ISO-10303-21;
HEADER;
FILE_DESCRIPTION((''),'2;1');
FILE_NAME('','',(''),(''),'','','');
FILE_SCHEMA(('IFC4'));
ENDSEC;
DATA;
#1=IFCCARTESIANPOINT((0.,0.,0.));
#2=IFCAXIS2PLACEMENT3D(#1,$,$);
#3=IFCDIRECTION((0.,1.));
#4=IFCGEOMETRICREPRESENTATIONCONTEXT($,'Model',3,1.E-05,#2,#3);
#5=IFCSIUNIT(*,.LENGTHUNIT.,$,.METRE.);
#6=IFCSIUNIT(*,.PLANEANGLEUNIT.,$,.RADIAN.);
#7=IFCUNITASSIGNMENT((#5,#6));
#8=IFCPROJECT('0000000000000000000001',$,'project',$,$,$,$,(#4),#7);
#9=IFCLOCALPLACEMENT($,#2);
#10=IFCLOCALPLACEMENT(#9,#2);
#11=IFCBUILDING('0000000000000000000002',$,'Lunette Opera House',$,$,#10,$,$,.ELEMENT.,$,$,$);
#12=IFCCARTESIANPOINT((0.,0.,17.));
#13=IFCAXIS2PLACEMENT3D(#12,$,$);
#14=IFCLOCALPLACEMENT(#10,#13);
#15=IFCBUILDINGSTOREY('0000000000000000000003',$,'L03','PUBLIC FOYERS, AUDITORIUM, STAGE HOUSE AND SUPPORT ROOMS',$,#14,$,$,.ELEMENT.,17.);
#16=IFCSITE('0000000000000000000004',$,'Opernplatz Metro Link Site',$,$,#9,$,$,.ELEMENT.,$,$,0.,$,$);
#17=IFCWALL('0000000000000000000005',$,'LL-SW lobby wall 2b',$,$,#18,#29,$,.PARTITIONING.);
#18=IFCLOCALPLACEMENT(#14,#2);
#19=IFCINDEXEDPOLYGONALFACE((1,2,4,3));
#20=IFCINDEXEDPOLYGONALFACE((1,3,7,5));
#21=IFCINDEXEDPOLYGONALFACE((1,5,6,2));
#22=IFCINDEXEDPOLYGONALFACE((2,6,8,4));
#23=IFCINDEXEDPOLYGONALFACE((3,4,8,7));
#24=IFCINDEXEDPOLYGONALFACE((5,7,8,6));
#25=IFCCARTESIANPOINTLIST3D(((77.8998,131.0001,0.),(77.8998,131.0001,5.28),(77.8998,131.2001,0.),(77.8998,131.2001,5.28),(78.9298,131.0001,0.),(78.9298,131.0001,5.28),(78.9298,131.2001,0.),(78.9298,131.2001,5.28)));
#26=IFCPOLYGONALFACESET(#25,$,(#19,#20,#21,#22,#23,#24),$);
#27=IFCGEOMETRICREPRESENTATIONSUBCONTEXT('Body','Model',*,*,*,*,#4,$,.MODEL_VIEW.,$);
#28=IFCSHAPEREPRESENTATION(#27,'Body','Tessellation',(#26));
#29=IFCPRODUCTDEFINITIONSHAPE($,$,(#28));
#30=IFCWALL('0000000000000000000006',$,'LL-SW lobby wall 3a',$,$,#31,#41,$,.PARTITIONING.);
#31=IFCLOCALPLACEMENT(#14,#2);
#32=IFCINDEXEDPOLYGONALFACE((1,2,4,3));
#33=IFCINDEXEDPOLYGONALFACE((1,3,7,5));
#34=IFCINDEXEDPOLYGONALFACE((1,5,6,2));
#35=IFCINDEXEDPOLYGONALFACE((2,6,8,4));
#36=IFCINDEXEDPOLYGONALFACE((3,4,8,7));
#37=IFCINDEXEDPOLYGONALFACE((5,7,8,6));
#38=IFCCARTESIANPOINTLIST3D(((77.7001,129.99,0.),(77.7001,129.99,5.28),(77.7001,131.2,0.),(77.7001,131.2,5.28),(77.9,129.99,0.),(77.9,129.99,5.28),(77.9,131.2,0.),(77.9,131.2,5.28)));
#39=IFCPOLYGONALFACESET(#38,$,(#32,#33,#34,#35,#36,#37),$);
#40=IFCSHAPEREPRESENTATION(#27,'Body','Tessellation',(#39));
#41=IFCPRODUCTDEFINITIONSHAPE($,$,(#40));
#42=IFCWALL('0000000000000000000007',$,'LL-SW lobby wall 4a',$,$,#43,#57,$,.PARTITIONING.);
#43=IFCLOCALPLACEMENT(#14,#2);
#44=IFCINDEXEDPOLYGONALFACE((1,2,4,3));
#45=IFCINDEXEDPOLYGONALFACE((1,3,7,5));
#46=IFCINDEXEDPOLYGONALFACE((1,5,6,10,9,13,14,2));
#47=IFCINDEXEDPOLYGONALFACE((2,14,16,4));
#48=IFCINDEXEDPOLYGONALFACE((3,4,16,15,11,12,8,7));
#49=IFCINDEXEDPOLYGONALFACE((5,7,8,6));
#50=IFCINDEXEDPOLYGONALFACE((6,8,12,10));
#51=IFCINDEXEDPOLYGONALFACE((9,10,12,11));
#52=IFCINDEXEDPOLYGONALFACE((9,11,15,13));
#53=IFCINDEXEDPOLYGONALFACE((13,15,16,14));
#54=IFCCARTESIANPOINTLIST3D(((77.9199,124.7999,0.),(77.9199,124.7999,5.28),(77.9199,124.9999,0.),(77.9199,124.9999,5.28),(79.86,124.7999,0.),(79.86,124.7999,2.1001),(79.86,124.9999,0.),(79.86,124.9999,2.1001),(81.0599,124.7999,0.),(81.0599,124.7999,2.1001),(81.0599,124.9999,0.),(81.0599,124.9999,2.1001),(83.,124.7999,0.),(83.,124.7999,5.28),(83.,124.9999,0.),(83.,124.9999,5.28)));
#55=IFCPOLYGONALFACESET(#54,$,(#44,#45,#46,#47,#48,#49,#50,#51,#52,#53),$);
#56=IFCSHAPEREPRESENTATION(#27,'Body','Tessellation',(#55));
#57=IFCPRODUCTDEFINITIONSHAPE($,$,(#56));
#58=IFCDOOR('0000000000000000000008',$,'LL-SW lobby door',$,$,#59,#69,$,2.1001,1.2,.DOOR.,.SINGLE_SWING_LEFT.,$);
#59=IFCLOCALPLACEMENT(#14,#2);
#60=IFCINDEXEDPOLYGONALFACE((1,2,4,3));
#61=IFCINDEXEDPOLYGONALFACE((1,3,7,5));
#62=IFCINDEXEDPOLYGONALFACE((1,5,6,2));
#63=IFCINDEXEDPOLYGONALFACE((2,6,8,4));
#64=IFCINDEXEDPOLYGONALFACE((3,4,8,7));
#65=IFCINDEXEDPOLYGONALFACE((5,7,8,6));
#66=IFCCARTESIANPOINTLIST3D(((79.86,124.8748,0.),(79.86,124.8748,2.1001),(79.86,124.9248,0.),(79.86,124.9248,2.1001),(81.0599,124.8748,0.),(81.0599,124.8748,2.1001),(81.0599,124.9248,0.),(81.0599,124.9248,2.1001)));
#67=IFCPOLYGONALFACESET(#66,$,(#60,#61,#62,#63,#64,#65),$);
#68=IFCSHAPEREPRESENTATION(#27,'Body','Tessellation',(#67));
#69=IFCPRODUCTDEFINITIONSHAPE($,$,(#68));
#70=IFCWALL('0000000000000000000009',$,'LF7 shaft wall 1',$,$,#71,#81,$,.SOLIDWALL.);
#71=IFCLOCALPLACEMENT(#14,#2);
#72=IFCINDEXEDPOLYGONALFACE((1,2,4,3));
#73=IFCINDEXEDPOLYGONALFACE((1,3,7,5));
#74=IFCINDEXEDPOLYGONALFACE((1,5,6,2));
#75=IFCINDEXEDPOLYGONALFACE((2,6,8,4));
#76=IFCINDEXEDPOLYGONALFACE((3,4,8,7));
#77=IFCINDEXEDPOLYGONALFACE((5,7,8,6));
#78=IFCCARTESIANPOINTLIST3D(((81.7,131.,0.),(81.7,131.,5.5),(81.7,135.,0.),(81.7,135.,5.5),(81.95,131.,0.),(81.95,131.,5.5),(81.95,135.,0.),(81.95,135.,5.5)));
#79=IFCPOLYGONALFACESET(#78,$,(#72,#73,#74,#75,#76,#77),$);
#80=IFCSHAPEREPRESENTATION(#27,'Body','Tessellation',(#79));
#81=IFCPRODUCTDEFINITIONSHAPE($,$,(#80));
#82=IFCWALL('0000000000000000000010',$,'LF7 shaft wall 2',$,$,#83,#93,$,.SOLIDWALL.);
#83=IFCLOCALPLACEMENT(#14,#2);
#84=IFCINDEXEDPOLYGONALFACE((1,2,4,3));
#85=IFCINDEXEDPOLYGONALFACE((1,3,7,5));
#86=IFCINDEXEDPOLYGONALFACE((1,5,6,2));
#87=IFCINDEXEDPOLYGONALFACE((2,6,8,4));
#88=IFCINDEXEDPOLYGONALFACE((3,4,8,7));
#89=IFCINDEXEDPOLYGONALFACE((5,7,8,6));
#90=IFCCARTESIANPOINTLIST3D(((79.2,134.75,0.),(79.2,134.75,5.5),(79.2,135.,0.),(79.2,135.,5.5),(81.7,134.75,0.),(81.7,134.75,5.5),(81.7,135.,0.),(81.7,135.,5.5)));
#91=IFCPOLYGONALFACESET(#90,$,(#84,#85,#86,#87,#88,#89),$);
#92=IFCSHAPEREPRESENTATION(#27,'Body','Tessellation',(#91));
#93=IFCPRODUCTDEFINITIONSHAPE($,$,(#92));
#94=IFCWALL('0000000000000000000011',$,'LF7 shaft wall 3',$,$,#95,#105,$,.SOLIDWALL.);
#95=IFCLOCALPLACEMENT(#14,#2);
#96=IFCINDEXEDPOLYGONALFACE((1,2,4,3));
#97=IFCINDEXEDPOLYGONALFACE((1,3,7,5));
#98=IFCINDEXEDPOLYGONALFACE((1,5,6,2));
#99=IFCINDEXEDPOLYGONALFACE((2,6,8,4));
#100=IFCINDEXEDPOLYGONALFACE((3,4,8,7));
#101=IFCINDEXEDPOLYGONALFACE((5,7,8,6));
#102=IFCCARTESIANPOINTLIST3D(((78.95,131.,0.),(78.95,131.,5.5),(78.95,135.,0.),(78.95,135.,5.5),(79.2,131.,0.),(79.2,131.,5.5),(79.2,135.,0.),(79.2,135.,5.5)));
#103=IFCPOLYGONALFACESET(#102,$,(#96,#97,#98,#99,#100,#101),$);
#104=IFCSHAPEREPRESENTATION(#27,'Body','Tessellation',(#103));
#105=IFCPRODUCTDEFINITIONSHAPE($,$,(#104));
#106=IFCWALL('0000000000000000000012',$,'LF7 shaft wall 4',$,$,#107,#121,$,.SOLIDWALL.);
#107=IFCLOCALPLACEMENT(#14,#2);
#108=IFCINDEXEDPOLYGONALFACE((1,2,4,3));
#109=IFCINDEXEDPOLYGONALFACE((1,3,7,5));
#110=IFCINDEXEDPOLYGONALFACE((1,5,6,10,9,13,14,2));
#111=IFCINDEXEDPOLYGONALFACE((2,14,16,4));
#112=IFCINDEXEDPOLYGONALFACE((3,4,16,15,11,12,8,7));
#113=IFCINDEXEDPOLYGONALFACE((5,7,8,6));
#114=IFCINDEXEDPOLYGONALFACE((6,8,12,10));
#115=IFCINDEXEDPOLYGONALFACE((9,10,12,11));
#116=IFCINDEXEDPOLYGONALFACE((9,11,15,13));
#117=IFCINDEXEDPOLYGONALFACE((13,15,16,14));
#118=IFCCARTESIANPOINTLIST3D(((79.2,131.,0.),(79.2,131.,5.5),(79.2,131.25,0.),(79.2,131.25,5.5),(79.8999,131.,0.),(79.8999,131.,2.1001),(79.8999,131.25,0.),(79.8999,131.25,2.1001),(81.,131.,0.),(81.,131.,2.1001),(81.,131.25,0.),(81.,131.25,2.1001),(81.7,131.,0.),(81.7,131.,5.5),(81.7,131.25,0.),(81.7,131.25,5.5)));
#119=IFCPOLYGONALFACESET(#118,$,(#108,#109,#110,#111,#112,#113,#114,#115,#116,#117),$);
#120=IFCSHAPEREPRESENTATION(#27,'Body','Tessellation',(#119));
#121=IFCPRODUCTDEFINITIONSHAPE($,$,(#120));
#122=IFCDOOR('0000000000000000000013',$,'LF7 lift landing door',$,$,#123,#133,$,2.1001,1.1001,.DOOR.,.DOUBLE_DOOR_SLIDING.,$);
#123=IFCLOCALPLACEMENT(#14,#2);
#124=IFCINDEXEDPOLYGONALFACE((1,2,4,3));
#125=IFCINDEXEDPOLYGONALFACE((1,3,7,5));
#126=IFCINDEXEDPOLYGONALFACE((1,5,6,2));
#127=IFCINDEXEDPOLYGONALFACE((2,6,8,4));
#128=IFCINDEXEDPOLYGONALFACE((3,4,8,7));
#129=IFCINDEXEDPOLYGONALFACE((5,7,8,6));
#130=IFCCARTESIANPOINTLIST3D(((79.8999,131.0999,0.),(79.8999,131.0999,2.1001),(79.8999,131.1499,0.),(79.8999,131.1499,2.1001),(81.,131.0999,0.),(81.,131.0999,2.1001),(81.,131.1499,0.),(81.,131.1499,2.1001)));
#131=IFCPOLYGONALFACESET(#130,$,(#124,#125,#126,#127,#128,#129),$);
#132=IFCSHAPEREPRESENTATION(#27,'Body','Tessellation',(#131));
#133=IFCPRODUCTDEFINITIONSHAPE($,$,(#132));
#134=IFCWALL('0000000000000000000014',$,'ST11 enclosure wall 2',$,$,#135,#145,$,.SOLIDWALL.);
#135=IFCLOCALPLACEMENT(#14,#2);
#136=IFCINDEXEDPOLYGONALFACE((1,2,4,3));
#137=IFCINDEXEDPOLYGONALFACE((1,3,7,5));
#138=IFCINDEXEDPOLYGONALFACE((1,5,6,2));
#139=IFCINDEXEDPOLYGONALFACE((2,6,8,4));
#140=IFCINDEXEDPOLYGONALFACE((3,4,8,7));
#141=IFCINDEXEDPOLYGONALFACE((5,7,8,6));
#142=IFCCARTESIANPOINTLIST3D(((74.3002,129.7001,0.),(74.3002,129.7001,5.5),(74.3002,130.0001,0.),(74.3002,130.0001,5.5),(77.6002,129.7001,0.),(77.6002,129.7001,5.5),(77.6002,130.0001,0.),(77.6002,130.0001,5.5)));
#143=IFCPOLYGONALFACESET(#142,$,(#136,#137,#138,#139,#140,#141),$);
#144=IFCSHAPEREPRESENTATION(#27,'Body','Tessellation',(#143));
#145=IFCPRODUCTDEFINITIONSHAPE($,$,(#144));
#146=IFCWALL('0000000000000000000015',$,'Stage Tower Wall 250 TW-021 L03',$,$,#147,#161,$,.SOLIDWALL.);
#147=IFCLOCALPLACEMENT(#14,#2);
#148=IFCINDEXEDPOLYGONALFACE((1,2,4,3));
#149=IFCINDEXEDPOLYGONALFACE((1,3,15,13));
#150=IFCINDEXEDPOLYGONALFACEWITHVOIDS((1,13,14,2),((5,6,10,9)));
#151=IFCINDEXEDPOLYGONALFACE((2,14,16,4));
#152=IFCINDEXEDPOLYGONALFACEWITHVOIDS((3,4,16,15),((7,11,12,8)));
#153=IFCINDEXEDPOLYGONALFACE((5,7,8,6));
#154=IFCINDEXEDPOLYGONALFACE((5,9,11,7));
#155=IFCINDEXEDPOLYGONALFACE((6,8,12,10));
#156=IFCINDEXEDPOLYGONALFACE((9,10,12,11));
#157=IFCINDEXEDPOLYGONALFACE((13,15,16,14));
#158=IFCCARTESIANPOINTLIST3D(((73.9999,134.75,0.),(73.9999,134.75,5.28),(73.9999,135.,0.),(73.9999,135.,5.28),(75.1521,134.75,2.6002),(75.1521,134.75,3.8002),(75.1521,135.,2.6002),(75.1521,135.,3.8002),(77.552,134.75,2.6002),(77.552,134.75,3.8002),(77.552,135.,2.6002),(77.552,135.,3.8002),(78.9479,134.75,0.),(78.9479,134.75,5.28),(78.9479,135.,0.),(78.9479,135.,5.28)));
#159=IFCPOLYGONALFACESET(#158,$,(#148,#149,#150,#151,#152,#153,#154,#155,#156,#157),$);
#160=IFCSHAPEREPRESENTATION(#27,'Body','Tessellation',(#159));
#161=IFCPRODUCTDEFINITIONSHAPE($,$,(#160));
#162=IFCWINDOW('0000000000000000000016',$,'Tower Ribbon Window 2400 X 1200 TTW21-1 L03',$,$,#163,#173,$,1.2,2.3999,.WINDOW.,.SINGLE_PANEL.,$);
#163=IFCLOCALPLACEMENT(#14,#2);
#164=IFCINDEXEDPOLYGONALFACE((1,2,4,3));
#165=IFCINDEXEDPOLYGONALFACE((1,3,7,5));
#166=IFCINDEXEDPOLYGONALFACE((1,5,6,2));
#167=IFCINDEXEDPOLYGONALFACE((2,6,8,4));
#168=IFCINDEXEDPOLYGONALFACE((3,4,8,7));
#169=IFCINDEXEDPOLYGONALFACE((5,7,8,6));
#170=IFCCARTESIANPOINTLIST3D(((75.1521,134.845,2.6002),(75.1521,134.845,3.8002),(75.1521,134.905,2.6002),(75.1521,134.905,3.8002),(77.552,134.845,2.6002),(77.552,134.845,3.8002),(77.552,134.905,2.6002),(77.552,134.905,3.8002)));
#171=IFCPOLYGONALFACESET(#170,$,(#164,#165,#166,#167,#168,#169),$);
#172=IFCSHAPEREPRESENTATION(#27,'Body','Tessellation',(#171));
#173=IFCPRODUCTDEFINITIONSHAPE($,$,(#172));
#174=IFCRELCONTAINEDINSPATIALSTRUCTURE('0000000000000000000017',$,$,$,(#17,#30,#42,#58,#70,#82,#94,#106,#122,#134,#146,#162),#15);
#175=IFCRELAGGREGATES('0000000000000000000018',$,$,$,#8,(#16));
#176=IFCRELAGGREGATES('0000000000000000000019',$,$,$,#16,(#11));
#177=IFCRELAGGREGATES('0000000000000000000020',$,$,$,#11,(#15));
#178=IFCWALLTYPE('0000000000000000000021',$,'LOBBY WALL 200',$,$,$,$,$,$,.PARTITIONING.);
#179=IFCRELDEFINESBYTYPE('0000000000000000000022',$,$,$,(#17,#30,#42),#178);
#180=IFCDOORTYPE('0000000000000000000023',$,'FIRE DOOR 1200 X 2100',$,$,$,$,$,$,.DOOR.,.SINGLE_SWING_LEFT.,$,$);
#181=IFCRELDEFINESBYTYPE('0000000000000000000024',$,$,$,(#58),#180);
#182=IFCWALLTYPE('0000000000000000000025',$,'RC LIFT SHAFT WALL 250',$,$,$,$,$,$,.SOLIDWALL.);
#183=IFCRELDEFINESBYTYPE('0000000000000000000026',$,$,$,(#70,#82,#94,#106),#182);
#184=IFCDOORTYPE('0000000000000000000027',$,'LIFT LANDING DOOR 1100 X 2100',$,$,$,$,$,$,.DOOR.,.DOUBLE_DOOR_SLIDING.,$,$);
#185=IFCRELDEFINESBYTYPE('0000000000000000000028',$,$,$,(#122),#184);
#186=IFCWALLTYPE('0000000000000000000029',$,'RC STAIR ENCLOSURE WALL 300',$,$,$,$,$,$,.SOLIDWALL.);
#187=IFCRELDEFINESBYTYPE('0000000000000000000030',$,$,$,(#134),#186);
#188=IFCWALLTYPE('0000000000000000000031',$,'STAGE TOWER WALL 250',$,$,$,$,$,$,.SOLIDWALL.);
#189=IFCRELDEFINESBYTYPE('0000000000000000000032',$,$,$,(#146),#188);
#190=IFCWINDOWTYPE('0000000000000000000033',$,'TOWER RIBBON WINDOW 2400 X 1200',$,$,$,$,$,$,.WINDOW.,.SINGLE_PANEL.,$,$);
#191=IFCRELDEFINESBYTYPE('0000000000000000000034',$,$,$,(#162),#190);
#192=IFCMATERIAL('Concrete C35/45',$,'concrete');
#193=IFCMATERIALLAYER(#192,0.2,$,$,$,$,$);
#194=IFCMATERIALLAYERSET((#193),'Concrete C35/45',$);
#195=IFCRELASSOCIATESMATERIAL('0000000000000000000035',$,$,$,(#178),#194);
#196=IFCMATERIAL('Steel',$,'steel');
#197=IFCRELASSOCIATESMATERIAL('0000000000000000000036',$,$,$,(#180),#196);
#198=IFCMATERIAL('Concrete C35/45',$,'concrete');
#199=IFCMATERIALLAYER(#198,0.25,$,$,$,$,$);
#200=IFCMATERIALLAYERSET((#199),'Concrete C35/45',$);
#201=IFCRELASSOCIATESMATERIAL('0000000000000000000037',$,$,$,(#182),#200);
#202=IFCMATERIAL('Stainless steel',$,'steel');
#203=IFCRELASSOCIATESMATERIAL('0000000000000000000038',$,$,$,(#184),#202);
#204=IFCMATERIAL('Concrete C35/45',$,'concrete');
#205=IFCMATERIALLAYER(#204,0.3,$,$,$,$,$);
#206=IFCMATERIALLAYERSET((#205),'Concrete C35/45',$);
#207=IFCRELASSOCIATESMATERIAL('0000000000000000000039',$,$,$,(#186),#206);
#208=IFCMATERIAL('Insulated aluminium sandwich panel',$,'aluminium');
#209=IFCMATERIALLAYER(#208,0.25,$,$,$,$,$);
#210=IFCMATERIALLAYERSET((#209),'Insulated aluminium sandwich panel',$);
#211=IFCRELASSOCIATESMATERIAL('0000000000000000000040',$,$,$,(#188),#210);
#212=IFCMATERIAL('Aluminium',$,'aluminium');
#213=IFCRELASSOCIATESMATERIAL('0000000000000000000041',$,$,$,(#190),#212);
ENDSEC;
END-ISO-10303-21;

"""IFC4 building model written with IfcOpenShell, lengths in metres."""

from ifc_helpers import new_model, si_unit, direction, frame, frame_2d, origin, place, context, subcontext, project, spatial, rectangle, extrude, material, layer, layer_set, type_object, element, fill, save


model = new_model("IFC4")

# Units and contexts
model_context = context("Model", 3, precision=1e-05, world=origin(), true_north=direction((0.0, 1.0)))
body_context = subcontext(model_context, "Body", "Model", "MODEL_VIEW")
ifc_project = project(units=[si_unit("LENGTHUNIT", "METRE"), si_unit("PLANEANGLEUNIT", "RADIAN")], contexts=[model_context])

# Site, building, storey
site_placement = place(None, origin())
site = spatial("IfcSite", under=ifc_project, at=site_placement, Name="Opernplatz Metro Link Site", CompositionType="ELEMENT", RefElevation=0.0)
building_placement = place(site_placement, origin())
building = spatial("IfcBuilding", under=site, at=building_placement, Name="Lunette Opera House", CompositionType="ELEMENT")
storey_placement = place(building_placement, frame((0.0, 0.0, 17.0)))
storey = spatial("IfcBuildingStorey", under=building, at=storey_placement, Name="L03", Description="PUBLIC FOYERS, AUDITORIUM, STAGE HOUSE AND SUPPORT ROOMS", CompositionType="ELEMENT", Elevation=17.0)

# Walls
ifc_material_1 = material(Name="Concrete C35/45", Category="concrete")
ifc_layer_1 = layer(ifc_material_1, 0.2)
ifc_layer_set_1 = layer_set([ifc_layer_1], Name="Concrete C35/45")
wall_type_1 = type_object("IfcWallType", Name="LOBBY WALL 200", PredefinedType="PARTITIONING", material=ifc_layer_set_1)
wall_1_placement = place(storey_placement, frame((78.9299, 131.1001, 0.0), z_axis=(0.0, 0.0, 1.0), x_axis=(-1.0, 0.0, 0.0)))
element("IfcWall", 1, at=wall_1_placement, inside=storey, type_object=wall_type_1, Name="LL-SW lobby wall 2b", PredefinedType="PARTITIONING", context=body_context, shape_type="SweptSolid", body=[
    extrude(rectangle(XDim=1.03, YDim=0.2, at=frame_2d((0.5151, 0.0))), origin(), (0.0, 0.0, 1.0), 5.28),
])
wall_2_placement = place(storey_placement, frame((77.8, 131.2, 0.0), z_axis=(0.0, 0.0, 1.0), x_axis=(0.0, -1.0, 0.0)))
element("IfcWall", 2, at=wall_2_placement, inside=storey, type_object=wall_type_1, Name="LL-SW lobby wall 3a", PredefinedType="PARTITIONING", context=body_context, shape_type="SweptSolid", body=[
    extrude(rectangle(XDim=1.21, YDim=0.2, at=frame_2d((0.605, 0.0))), origin(), (0.0, 0.0, 1.0), 5.28),
])

# Wall, opening, door
wall_3_placement = place(storey_placement, frame((77.9199, 124.8999, 0.0), z_axis=(0.0, 0.0, 1.0), x_axis=(1.0, 0.0, 0.0)))
wall_3 = element("IfcWall", 3, at=wall_3_placement, inside=storey, type_object=wall_type_1, Name="LL-SW lobby wall 4a", PredefinedType="PARTITIONING", context=body_context, shape_type="SweptSolid", body=[
    extrude(rectangle(XDim=5.0801, YDim=0.2, at=frame_2d((2.54, 0.0))), origin(), (0.0, 0.0, 1.0), 5.28),
])
opening_1_placement = place(wall_3_placement, frame((1.9399, 0.0, 0.0)))
opening_1 = element("IfcOpeningElement", 4, at=opening_1_placement, cuts=wall_3, PredefinedType="OPENING", context=body_context, shape_type="SweptSolid", body=[
    extrude(rectangle(XDim=1.2, YDim=2.1001, at=frame_2d((0.6001, 1.05))), frame((0.0, 0.1121, 0.0), z_axis=(0.0, -1.0, 0.0), x_axis=(1.0, 0.0, 0.0)), (0.0, 0.0, 1.0), 0.2239),
])
ifc_material_2 = material(Name="Steel", Category="steel")
door_type_1 = type_object("IfcDoorType", Name="FIRE DOOR 1200 X 2100", OperationType="SINGLE_SWING_LEFT", PredefinedType="DOOR", material=ifc_material_2)
door_1_placement = place(opening_1_placement, origin())
door_1 = element("IfcDoor", 5, at=door_1_placement, inside=storey, type_object=door_type_1, Name="LL-SW lobby door", OperationType="SINGLE_SWING_LEFT", OverallHeight=2.1001, OverallWidth=1.2, PredefinedType="DOOR", context=body_context, shape_type="SweptSolid", body=[
    extrude(rectangle(XDim=1.2, YDim=2.1001, at=frame_2d((0.6001, 1.05))), frame((0.0, 0.0249, 0.0), z_axis=(0.0, -1.0, 0.0), x_axis=(1.0, 0.0, 0.0)), (0.0, 0.0, 1.0), 0.05),
])
fill(opening_1, door_1)

# Walls
ifc_material_3 = material(Name="Concrete C35/45", Category="concrete")
ifc_layer_2 = layer(ifc_material_3, 0.25)
ifc_layer_set_2 = layer_set([ifc_layer_2], Name="Concrete C35/45")
wall_type_2 = type_object("IfcWallType", Name="RC LIFT SHAFT WALL 250", PredefinedType="SOLIDWALL", material=ifc_layer_set_2)
wall_4_placement = place(storey_placement, frame((81.825, 131.0, 0.0), z_axis=(0.0, 0.0, 1.0), x_axis=(0.0, 1.0, 0.0)))
element("IfcWall", 6, at=wall_4_placement, inside=storey, type_object=wall_type_2, Name="LF7 shaft wall 1", PredefinedType="SOLIDWALL", context=body_context, shape_type="SweptSolid", body=[
    extrude(rectangle(XDim=4.0, YDim=0.25, at=frame_2d((2.0, 0.0))), origin(), (0.0, 0.0, 1.0), 5.5),
])
wall_5_placement = place(storey_placement, frame((81.7, 134.875, 0.0), z_axis=(0.0, 0.0, 1.0), x_axis=(-1.0, 0.0, 0.0)))
element("IfcWall", 7, at=wall_5_placement, inside=storey, type_object=wall_type_2, Name="LF7 shaft wall 2", PredefinedType="SOLIDWALL", context=body_context, shape_type="SweptSolid", body=[
    extrude(rectangle(XDim=2.5, YDim=0.25, at=frame_2d((1.25, 0.0))), origin(), (0.0, 0.0, 1.0), 5.5),
])
wall_6_placement = place(storey_placement, frame((79.075, 135.0, 0.0), z_axis=(0.0, 0.0, 1.0), x_axis=(0.0, -1.0, 0.0)))
element("IfcWall", 8, at=wall_6_placement, inside=storey, type_object=wall_type_2, Name="LF7 shaft wall 3", PredefinedType="SOLIDWALL", context=body_context, shape_type="SweptSolid", body=[
    extrude(rectangle(XDim=4.0, YDim=0.25, at=frame_2d((2.0, 0.0))), origin(), (0.0, 0.0, 1.0), 5.5),
])

# Wall, opening, door
wall_7_placement = place(storey_placement, frame((79.2, 131.125, 0.0), z_axis=(0.0, 0.0, 1.0), x_axis=(1.0, 0.0, 0.0)))
wall_7 = element("IfcWall", 9, at=wall_7_placement, inside=storey, type_object=wall_type_2, Name="LF7 shaft wall 4", PredefinedType="SOLIDWALL", context=body_context, shape_type="SweptSolid", body=[
    extrude(rectangle(XDim=2.5, YDim=0.25, at=frame_2d((1.25, 0.0))), origin(), (0.0, 0.0, 1.0), 5.5),
])
opening_2_placement = place(wall_7_placement, frame((0.7, 0.0, 0.0)))
opening_2 = element("IfcOpeningElement", 10, at=opening_2_placement, cuts=wall_7, PredefinedType="OPENING", context=body_context, shape_type="SweptSolid", body=[
    extrude(rectangle(XDim=1.1001, YDim=2.1001, at=frame_2d((0.55, 1.05))), frame((0.0, 0.137, 0.0), z_axis=(0.0, -1.0, 0.0), x_axis=(1.0, 0.0, 0.0)), (0.0, 0.0, 1.0), 0.2739),
])
ifc_material_4 = material(Name="Stainless steel", Category="steel")
door_type_2 = type_object("IfcDoorType", Name="LIFT LANDING DOOR 1100 X 2100", OperationType="DOUBLE_DOOR_SLIDING", PredefinedType="DOOR", material=ifc_material_4)
door_2_placement = place(opening_2_placement, origin())
door_2 = element("IfcDoor", 11, at=door_2_placement, inside=storey, type_object=door_type_2, Name="LF7 lift landing door", OperationType="DOUBLE_DOOR_SLIDING", OverallHeight=2.1001, OverallWidth=1.1001, PredefinedType="DOOR", context=body_context, shape_type="SweptSolid", body=[
    extrude(rectangle(XDim=1.1001, YDim=2.1001, at=frame_2d((0.55, 1.05))), frame((0.0, 0.0249, 0.0), z_axis=(0.0, -1.0, 0.0), x_axis=(1.0, 0.0, 0.0)), (0.0, 0.0, 1.0), 0.05),
])
fill(opening_2, door_2)

# Wall
ifc_material_5 = material(Name="Concrete C35/45", Category="concrete")
ifc_layer_3 = layer(ifc_material_5, 0.3)
ifc_layer_set_3 = layer_set([ifc_layer_3], Name="Concrete C35/45")
wall_type_3 = type_object("IfcWallType", Name="RC STAIR ENCLOSURE WALL 300", PredefinedType="SOLIDWALL", material=ifc_layer_set_3)
wall_8_placement = place(storey_placement, frame((77.6001, 129.8501, 0.0), z_axis=(0.0, 0.0, 1.0), x_axis=(-1.0, 0.0, 0.0)))
element("IfcWall", 12, at=wall_8_placement, inside=storey, type_object=wall_type_3, Name="ST11 enclosure wall 2", PredefinedType="SOLIDWALL", context=body_context, shape_type="SweptSolid", body=[
    extrude(rectangle(XDim=3.3, YDim=0.3, at=frame_2d((1.6499, 0.0))), origin(), (0.0, 0.0, 1.0), 5.5),
])

# Wall, opening, window
ifc_material_6 = material(Name="Insulated aluminium sandwich panel", Category="aluminium")
ifc_layer_4 = layer(ifc_material_6, 0.25)
ifc_layer_set_4 = layer_set([ifc_layer_4], Name="Insulated aluminium sandwich panel")
wall_type_4 = type_object("IfcWallType", Name="STAGE TOWER WALL 250", PredefinedType="SOLIDWALL", material=ifc_layer_set_4)
wall_9_placement = place(storey_placement, frame((78.948, 134.875, 0.0), z_axis=(0.0, 0.0, 1.0), x_axis=(-1.0, 0.0, 0.0)))
wall_9 = element("IfcWall", 13, at=wall_9_placement, inside=storey, type_object=wall_type_4, Name="Stage Tower Wall 250 TW-021 L03", PredefinedType="SOLIDWALL", context=body_context, shape_type="SweptSolid", body=[
    extrude(rectangle(XDim=4.948, YDim=0.25, at=frame_2d((2.4741, 0.0))), origin(), (0.0, 0.0, 1.0), 5.28),
])
opening_3_placement = place(wall_9_placement, frame((1.396, 0.0, 2.6001)))
opening_3 = element("IfcOpeningElement", 14, at=opening_3_placement, cuts=wall_9, PredefinedType="OPENING", context=body_context, shape_type="SweptSolid", body=[
    extrude(rectangle(XDim=2.3999, YDim=1.2, at=frame_2d((1.2, 0.6001))), frame((0.0, 0.137, 0.0), z_axis=(0.0, -1.0, 0.0), x_axis=(1.0, 0.0, 0.0)), (0.0, 0.0, 1.0), 0.2739),
])
ifc_material_7 = material(Name="Aluminium", Category="aluminium")
window_type = type_object("IfcWindowType", Name="TOWER RIBBON WINDOW 2400 X 1200", PartitioningType="SINGLE_PANEL", PredefinedType="WINDOW", material=ifc_material_7)
window_placement = place(opening_3_placement, origin())
window = element("IfcWindow", 15, at=window_placement, inside=storey, type_object=window_type, Name="Tower Ribbon Window 2400 X 1200 TTW21-1 L03", OverallHeight=1.2, OverallWidth=2.3999, PartitioningType="SINGLE_PANEL", PredefinedType="WINDOW", context=body_context, shape_type="SweptSolid", body=[
    extrude(rectangle(XDim=2.3999, YDim=1.2, at=frame_2d((1.2, 0.6001))), frame((0.0, 0.03, 0.0), z_axis=(0.0, -1.0, 0.0), x_axis=(1.0, 0.0, 0.0)), (0.0, 0.0, 1.0), 0.0601),
])
fill(opening_3, window)

save(model, "model.ifc")
